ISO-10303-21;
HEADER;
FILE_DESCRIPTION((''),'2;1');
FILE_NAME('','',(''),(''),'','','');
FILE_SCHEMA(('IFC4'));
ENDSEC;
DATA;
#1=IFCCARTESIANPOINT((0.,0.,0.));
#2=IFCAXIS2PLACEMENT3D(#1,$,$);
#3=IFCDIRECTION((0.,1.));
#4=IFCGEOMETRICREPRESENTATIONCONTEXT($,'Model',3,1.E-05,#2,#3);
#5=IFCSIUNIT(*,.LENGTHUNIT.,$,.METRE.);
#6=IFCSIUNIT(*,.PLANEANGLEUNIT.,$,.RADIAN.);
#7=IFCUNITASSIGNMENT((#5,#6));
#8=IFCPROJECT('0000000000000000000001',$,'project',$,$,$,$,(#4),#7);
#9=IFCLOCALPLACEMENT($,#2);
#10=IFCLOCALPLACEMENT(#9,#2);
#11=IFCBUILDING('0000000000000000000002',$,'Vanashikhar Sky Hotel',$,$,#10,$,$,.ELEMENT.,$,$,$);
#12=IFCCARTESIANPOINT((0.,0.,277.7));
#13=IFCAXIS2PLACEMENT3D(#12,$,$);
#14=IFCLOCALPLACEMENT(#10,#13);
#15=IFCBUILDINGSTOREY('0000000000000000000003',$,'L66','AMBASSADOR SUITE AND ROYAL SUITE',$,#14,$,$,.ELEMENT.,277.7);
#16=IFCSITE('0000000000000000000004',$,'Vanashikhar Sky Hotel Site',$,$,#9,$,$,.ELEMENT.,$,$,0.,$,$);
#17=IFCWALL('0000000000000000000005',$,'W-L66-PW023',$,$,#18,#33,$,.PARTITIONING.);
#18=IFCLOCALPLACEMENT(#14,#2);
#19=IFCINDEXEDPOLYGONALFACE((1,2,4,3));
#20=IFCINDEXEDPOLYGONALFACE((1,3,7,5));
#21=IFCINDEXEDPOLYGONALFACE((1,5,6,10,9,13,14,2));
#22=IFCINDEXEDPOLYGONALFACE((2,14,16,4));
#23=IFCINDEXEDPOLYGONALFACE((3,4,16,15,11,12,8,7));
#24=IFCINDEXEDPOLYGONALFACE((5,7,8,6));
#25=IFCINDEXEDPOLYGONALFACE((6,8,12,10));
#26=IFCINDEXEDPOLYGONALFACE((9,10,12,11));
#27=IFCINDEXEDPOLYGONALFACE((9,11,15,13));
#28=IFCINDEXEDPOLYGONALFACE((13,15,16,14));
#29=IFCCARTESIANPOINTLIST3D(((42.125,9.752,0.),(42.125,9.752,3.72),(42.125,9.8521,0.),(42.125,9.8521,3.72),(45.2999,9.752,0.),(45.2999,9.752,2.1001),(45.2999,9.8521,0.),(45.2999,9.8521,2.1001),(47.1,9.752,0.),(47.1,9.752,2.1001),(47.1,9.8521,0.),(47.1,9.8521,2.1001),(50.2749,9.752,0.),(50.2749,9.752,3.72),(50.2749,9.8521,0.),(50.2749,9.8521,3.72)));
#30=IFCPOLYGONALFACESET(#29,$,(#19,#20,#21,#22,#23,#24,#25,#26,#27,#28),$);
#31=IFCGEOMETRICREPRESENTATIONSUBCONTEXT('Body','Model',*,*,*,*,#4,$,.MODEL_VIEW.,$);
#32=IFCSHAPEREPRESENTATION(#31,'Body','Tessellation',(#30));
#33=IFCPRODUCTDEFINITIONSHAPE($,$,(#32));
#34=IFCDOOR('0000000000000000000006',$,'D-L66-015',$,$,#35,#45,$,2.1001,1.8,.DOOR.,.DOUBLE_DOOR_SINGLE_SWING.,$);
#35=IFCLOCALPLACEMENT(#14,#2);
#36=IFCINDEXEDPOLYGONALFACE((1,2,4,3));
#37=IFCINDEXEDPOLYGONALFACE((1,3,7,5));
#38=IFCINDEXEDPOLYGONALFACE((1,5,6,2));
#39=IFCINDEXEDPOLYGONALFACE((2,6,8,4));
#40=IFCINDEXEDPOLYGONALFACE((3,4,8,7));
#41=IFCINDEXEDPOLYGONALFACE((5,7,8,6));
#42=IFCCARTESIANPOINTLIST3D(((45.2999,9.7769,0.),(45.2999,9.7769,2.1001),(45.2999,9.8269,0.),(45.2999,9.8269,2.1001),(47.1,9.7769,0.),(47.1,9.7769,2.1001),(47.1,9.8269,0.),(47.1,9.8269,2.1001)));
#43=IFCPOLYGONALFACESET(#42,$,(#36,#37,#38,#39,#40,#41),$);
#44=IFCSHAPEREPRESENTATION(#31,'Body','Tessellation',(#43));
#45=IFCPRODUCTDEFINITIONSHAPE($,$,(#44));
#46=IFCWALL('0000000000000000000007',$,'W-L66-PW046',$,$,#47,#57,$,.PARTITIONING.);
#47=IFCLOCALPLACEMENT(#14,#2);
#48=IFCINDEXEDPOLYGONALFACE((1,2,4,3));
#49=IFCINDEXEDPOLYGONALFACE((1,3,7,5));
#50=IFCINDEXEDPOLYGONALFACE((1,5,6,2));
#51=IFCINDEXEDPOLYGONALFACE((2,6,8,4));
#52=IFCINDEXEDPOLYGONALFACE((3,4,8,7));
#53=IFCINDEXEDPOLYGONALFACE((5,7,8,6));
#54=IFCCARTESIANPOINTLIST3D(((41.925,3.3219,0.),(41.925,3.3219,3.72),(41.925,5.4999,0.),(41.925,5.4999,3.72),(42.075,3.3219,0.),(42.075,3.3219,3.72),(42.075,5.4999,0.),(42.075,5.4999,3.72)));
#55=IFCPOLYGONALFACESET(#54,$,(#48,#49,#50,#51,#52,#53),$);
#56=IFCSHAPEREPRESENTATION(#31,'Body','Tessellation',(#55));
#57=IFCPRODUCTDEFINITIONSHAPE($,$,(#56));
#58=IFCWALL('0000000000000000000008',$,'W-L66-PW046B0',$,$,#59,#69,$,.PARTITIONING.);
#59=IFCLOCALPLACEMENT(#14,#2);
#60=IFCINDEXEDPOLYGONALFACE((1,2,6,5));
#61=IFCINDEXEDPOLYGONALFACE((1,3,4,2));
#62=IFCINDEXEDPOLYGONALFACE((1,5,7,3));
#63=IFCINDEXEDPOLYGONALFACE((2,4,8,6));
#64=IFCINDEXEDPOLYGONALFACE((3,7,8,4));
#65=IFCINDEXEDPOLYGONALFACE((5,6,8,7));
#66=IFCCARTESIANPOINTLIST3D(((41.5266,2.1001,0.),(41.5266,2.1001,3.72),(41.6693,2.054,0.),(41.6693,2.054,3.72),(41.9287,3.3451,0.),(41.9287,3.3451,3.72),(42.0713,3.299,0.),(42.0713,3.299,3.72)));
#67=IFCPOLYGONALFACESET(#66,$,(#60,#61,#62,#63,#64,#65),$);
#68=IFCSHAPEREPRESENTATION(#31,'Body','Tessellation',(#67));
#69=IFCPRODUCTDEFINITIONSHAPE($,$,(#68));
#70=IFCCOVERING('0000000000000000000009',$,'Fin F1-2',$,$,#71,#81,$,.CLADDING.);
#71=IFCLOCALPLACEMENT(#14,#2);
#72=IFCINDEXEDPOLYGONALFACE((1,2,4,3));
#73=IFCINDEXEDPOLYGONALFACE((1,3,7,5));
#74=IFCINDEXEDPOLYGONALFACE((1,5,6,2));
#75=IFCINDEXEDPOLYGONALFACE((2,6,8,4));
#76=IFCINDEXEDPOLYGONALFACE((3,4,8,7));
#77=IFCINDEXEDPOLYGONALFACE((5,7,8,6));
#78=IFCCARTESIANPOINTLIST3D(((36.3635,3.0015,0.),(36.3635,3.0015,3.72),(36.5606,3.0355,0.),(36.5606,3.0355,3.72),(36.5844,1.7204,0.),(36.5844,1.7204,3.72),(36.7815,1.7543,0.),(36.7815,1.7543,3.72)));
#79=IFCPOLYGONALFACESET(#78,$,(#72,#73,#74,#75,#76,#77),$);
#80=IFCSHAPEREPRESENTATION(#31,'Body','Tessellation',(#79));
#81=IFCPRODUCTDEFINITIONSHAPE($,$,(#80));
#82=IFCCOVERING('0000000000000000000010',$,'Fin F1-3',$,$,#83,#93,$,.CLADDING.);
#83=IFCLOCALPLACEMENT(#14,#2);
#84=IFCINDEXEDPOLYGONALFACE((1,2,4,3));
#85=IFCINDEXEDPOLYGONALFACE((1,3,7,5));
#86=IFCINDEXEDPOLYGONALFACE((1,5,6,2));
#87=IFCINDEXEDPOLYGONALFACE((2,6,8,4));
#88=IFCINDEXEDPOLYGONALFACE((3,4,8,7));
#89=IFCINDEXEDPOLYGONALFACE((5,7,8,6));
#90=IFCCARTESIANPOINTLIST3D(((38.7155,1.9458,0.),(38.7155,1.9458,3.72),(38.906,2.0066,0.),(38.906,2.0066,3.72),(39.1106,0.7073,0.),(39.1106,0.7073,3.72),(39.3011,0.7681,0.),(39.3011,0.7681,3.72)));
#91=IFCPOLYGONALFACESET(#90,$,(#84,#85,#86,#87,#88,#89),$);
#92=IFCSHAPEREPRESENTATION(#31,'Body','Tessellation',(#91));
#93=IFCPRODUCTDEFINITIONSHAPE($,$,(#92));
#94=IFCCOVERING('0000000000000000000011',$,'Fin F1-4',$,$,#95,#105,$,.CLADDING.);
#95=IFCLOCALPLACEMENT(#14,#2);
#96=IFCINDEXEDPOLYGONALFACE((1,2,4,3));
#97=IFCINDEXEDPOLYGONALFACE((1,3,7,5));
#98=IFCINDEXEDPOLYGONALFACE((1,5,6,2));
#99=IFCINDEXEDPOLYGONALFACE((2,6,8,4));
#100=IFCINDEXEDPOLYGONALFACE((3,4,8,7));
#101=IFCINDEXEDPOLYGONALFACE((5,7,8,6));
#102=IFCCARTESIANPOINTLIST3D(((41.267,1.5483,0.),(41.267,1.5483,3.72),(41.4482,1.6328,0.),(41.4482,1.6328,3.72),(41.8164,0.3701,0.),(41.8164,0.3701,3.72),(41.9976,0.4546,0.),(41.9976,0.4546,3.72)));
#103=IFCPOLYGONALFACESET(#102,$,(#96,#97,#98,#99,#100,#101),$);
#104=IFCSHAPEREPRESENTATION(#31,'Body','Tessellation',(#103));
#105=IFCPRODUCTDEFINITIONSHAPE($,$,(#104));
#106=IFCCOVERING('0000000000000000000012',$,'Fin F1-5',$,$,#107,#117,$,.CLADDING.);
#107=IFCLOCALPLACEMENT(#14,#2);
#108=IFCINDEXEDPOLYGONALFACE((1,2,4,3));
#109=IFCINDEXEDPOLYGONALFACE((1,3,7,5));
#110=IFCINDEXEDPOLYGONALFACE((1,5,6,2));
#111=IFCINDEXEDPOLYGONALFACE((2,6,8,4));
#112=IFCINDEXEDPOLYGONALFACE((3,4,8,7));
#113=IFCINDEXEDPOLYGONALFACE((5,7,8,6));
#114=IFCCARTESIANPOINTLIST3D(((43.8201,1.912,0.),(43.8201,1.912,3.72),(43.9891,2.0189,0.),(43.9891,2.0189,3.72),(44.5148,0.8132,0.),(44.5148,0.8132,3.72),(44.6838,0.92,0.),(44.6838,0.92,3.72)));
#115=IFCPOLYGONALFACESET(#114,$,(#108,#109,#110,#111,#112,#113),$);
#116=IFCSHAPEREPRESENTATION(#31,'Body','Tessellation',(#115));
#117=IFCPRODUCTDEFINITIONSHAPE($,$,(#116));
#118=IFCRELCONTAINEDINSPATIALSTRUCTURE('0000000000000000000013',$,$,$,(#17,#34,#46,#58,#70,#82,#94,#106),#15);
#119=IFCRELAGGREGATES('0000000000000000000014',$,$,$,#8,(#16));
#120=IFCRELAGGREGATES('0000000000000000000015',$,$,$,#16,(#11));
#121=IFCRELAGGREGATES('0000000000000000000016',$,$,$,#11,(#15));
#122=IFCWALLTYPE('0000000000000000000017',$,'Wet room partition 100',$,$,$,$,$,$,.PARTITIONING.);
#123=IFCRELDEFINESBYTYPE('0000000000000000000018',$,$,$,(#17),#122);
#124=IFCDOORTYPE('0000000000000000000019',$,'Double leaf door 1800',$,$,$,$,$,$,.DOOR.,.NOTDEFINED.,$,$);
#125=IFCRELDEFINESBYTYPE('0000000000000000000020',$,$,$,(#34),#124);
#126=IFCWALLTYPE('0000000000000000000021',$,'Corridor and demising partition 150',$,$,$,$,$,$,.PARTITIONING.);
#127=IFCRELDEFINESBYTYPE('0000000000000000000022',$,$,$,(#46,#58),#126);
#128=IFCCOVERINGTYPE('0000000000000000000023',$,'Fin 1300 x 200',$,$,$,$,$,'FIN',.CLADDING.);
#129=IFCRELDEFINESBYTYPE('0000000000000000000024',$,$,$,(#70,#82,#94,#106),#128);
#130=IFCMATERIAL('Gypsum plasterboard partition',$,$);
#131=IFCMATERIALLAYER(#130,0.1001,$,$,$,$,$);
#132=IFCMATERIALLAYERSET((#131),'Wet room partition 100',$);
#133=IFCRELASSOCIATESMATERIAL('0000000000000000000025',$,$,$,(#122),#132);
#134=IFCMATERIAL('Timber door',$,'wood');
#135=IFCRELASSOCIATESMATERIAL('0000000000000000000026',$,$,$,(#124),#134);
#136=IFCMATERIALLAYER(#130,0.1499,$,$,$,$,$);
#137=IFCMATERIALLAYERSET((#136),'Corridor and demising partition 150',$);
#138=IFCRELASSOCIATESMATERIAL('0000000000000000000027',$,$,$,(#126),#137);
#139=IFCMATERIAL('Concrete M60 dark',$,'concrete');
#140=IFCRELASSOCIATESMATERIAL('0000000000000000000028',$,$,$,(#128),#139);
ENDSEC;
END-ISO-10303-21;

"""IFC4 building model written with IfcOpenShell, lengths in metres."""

from ifc_helpers import new_model, si_unit, direction, frame, frame_2d, origin, origin_2d, place, context, subcontext, project, spatial, rectangle, extrude, source, transform, mapped, material, layer, layer_set, material_profile, profile_set, type_object, element, fill, save


model = new_model("IFC4")

# Units and contexts
model_context = context("Model", 3, precision=1e-05, world=origin(), true_north=direction((0.0, 1.0)))
body_context = subcontext(model_context, "Body", "Model", "MODEL_VIEW")
ifc_project = project(units=[si_unit("LENGTHUNIT", "METRE"), si_unit("PLANEANGLEUNIT", "RADIAN")], contexts=[model_context])

# Site, building, storey
site_placement = place(None, origin())
site = spatial("IfcSite", under=ifc_project, at=site_placement, Name="Vanashikhar Sky Hotel Site", CompositionType="ELEMENT", RefElevation=0.0)
building_placement = place(site_placement, origin())
building = spatial("IfcBuilding", under=site, at=building_placement, Name="Vanashikhar Sky Hotel", CompositionType="ELEMENT")
storey_placement = place(building_placement, frame((0.0, 0.0, 277.7)))
storey = spatial("IfcBuildingStorey", under=building, at=storey_placement, Name="L66", Description="AMBASSADOR SUITE AND ROYAL SUITE", CompositionType="ELEMENT", Elevation=277.7)

# Shared definitions
ifc_material_1 = material(Name="Gypsum plasterboard partition")
ifc_layer_1 = layer(ifc_material_1, 0.1001)
ifc_layer_set_1 = layer_set([ifc_layer_1], Name="Wet room partition 100")
wall_type_1 = type_object("IfcWallType", Name="Wet room partition 100", PredefinedType="PARTITIONING", material=ifc_layer_set_1)

# Wall, opening, door
ifc_material_2 = material(Name="Timber door", Category="wood")
shared_shape_1 = source(origin(), body_context, "Body", "SweptSolid", [
    extrude(rectangle(XDim=8.1499, YDim=0.1001, at=frame_2d((4.075, 0.0))), origin(), (0.0, 0.0, 1.0), 3.72),
])
wall_1_placement = place(storey_placement, frame((42.125, 9.802, 0.0), z_axis=(0.0, 0.0, 1.0), x_axis=(1.0, 0.0, 0.0)))
wall_1 = element("IfcWall", 1, at=wall_1_placement, inside=storey, type_object=wall_type_1, Name="W-L66-PW023", PredefinedType="PARTITIONING", context=body_context, shape_type="MappedRepresentation", body=[
    mapped(shared_shape_1, transform((0.0, 0.0, 0.0), scale=1.0)),
])
shared_shape_2 = source(origin(), body_context, "Body", "SweptSolid", [
    extrude(rectangle(XDim=1.8, YDim=2.1001, at=frame_2d((0.8999, 1.05))), frame((0.0, 0.0601, 0.0), z_axis=(0.0, -1.0, 0.0), x_axis=(1.0, 0.0, 0.0)), (0.0, 0.0, 1.0), 0.1201),
])
opening_1_placement = place(wall_1_placement, frame((3.175, 0.0, 0.0)))
opening_1 = element("IfcOpeningElement", 2, at=opening_1_placement, cuts=wall_1, PredefinedType="OPENING", context=body_context, shape_type="MappedRepresentation", body=[
    mapped(shared_shape_2, transform((0.0, 0.0, 0.0), scale=1.0)),
])
door_type_1 = type_object("IfcDoorType", Name="Double leaf door 1800", OperationType="NOTDEFINED", PredefinedType="DOOR", material=ifc_material_2)
shared_shape_3 = source(origin(), body_context, "Body", "SweptSolid", [
    extrude(rectangle(XDim=1.8, YDim=2.1001, at=frame_2d((0.8999, 1.05))), frame((0.0, 0.0249, 0.0), z_axis=(0.0, -1.0, 0.0), x_axis=(1.0, 0.0, 0.0)), (0.0, 0.0, 1.0), 0.05),
])
door_1_placement = place(opening_1_placement, origin())
door_1 = element("IfcDoor", 3, at=door_1_placement, inside=storey, type_object=door_type_1, Name="D-L66-015", OperationType="DOUBLE_DOOR_SINGLE_SWING", OverallHeight=2.1001, OverallWidth=1.8, PredefinedType="DOOR", context=body_context, shape_type="MappedRepresentation", body=[
    mapped(shared_shape_3, transform((0.0, 0.0, 0.0), scale=1.0)),
])
fill(opening_1, door_1)

# Walls
ifc_layer_2 = layer(ifc_material_1, 0.1499)
ifc_layer_set_2 = layer_set([ifc_layer_2], Name="Corridor and demising partition 150")
wall_type_2 = type_object("IfcWallType", Name="Corridor and demising partition 150", PredefinedType="PARTITIONING", material=ifc_layer_set_2)
shared_shape_4 = source(origin(), body_context, "Body", "SweptSolid", [
    extrude(rectangle(XDim=2.178, YDim=0.1499, at=frame_2d((1.0889, 0.0))), origin(), (0.0, 0.0, 1.0), 3.72),
])
wall_2_placement = place(storey_placement, frame((42.0, 3.322, 0.0), z_axis=(0.0, 0.0, 1.0), x_axis=(0.0, 1.0, 0.0)))
element("IfcWall", 4, at=wall_2_placement, inside=storey, type_object=wall_type_2, Name="W-L66-PW046", PredefinedType="PARTITIONING", context=body_context, shape_type="MappedRepresentation", body=[
    mapped(shared_shape_4, transform((0.0, 0.0, 0.0), scale=1.0)),
])
shared_shape_5 = source(origin(), body_context, "Body", "SweptSolid", [
    extrude(rectangle(XDim=1.3083, YDim=0.1499, at=frame_2d((0.6543, 0.0))), origin(), (0.0, 0.0, 1.0), 3.72),
])
wall_3_placement = place(storey_placement, frame((41.5979, 2.0769, 0.0), z_axis=(0.0, 0.0, 1.0), x_axis=(0.307314, 0.951608, 0.0)))
element("IfcWall", 5, at=wall_3_placement, inside=storey, type_object=wall_type_2, Name="W-L66-PW046B0", PredefinedType="PARTITIONING", context=body_context, shape_type="MappedRepresentation", body=[
    mapped(shared_shape_5, transform((0.0, 0.0, 0.0), scale=1.0)),
])

# Coverings
ifc_material_3 = material(Name="Concrete M60 dark", Category="concrete")
ifc_material_profile_1 = material_profile(ifc_material_3, rectangle(XDim=1.3, YDim=0.2, at=origin_2d()))
ifc_profile_set_1 = profile_set([ifc_material_profile_1], Name="Fin 1300 x 200")
covering_type = type_object("IfcCoveringType", Name="Fin 1300 x 200", ElementType="FIN", PredefinedType="CLADDING", material=ifc_profile_set_1)
shared_shape_6 = source(origin(), body_context, "Body", "SweptSolid", [
    extrude(rectangle(XDim=1.3, YDim=0.2, at=origin_2d()), origin(), (0.0, 0.0, 1.0), 3.72),
])
for number, where, z_axis, x_axis, name in (
    (6, (36.5725, 2.3779, 0.0), (0.0, 0.0, 1.0), (0.1699, -0.985461, 0.0), "Fin F1-2"),
    (7, (39.0083, 1.3569, 0.0), (0.0, 0.0, 1.0), (0.303967, -0.952683, 0.0), "Fin F1-3"),
    (8, (41.6323, 1.0015, 0.0), (0.0, 0.0, 1.0), (0.422618, -0.906308, 0.0), "Fin F1-4"),
    (9, (44.252, 1.416, 0.0), (0.0, 0.0, 1.0), (0.534411, -0.845225, 0.0), "Fin F1-5"),
):
    element("IfcCovering", number, at=place(storey_placement, frame(where, z_axis=z_axis, x_axis=x_axis)), inside=storey, type_object=covering_type, Name=name, PredefinedType="CLADDING", context=body_context, shape_type="MappedRepresentation", body=[
        mapped(shared_shape_6, transform((0.0, 0.0, 0.0), scale=1.0)),
    ])

save(model, "model.ifc")
